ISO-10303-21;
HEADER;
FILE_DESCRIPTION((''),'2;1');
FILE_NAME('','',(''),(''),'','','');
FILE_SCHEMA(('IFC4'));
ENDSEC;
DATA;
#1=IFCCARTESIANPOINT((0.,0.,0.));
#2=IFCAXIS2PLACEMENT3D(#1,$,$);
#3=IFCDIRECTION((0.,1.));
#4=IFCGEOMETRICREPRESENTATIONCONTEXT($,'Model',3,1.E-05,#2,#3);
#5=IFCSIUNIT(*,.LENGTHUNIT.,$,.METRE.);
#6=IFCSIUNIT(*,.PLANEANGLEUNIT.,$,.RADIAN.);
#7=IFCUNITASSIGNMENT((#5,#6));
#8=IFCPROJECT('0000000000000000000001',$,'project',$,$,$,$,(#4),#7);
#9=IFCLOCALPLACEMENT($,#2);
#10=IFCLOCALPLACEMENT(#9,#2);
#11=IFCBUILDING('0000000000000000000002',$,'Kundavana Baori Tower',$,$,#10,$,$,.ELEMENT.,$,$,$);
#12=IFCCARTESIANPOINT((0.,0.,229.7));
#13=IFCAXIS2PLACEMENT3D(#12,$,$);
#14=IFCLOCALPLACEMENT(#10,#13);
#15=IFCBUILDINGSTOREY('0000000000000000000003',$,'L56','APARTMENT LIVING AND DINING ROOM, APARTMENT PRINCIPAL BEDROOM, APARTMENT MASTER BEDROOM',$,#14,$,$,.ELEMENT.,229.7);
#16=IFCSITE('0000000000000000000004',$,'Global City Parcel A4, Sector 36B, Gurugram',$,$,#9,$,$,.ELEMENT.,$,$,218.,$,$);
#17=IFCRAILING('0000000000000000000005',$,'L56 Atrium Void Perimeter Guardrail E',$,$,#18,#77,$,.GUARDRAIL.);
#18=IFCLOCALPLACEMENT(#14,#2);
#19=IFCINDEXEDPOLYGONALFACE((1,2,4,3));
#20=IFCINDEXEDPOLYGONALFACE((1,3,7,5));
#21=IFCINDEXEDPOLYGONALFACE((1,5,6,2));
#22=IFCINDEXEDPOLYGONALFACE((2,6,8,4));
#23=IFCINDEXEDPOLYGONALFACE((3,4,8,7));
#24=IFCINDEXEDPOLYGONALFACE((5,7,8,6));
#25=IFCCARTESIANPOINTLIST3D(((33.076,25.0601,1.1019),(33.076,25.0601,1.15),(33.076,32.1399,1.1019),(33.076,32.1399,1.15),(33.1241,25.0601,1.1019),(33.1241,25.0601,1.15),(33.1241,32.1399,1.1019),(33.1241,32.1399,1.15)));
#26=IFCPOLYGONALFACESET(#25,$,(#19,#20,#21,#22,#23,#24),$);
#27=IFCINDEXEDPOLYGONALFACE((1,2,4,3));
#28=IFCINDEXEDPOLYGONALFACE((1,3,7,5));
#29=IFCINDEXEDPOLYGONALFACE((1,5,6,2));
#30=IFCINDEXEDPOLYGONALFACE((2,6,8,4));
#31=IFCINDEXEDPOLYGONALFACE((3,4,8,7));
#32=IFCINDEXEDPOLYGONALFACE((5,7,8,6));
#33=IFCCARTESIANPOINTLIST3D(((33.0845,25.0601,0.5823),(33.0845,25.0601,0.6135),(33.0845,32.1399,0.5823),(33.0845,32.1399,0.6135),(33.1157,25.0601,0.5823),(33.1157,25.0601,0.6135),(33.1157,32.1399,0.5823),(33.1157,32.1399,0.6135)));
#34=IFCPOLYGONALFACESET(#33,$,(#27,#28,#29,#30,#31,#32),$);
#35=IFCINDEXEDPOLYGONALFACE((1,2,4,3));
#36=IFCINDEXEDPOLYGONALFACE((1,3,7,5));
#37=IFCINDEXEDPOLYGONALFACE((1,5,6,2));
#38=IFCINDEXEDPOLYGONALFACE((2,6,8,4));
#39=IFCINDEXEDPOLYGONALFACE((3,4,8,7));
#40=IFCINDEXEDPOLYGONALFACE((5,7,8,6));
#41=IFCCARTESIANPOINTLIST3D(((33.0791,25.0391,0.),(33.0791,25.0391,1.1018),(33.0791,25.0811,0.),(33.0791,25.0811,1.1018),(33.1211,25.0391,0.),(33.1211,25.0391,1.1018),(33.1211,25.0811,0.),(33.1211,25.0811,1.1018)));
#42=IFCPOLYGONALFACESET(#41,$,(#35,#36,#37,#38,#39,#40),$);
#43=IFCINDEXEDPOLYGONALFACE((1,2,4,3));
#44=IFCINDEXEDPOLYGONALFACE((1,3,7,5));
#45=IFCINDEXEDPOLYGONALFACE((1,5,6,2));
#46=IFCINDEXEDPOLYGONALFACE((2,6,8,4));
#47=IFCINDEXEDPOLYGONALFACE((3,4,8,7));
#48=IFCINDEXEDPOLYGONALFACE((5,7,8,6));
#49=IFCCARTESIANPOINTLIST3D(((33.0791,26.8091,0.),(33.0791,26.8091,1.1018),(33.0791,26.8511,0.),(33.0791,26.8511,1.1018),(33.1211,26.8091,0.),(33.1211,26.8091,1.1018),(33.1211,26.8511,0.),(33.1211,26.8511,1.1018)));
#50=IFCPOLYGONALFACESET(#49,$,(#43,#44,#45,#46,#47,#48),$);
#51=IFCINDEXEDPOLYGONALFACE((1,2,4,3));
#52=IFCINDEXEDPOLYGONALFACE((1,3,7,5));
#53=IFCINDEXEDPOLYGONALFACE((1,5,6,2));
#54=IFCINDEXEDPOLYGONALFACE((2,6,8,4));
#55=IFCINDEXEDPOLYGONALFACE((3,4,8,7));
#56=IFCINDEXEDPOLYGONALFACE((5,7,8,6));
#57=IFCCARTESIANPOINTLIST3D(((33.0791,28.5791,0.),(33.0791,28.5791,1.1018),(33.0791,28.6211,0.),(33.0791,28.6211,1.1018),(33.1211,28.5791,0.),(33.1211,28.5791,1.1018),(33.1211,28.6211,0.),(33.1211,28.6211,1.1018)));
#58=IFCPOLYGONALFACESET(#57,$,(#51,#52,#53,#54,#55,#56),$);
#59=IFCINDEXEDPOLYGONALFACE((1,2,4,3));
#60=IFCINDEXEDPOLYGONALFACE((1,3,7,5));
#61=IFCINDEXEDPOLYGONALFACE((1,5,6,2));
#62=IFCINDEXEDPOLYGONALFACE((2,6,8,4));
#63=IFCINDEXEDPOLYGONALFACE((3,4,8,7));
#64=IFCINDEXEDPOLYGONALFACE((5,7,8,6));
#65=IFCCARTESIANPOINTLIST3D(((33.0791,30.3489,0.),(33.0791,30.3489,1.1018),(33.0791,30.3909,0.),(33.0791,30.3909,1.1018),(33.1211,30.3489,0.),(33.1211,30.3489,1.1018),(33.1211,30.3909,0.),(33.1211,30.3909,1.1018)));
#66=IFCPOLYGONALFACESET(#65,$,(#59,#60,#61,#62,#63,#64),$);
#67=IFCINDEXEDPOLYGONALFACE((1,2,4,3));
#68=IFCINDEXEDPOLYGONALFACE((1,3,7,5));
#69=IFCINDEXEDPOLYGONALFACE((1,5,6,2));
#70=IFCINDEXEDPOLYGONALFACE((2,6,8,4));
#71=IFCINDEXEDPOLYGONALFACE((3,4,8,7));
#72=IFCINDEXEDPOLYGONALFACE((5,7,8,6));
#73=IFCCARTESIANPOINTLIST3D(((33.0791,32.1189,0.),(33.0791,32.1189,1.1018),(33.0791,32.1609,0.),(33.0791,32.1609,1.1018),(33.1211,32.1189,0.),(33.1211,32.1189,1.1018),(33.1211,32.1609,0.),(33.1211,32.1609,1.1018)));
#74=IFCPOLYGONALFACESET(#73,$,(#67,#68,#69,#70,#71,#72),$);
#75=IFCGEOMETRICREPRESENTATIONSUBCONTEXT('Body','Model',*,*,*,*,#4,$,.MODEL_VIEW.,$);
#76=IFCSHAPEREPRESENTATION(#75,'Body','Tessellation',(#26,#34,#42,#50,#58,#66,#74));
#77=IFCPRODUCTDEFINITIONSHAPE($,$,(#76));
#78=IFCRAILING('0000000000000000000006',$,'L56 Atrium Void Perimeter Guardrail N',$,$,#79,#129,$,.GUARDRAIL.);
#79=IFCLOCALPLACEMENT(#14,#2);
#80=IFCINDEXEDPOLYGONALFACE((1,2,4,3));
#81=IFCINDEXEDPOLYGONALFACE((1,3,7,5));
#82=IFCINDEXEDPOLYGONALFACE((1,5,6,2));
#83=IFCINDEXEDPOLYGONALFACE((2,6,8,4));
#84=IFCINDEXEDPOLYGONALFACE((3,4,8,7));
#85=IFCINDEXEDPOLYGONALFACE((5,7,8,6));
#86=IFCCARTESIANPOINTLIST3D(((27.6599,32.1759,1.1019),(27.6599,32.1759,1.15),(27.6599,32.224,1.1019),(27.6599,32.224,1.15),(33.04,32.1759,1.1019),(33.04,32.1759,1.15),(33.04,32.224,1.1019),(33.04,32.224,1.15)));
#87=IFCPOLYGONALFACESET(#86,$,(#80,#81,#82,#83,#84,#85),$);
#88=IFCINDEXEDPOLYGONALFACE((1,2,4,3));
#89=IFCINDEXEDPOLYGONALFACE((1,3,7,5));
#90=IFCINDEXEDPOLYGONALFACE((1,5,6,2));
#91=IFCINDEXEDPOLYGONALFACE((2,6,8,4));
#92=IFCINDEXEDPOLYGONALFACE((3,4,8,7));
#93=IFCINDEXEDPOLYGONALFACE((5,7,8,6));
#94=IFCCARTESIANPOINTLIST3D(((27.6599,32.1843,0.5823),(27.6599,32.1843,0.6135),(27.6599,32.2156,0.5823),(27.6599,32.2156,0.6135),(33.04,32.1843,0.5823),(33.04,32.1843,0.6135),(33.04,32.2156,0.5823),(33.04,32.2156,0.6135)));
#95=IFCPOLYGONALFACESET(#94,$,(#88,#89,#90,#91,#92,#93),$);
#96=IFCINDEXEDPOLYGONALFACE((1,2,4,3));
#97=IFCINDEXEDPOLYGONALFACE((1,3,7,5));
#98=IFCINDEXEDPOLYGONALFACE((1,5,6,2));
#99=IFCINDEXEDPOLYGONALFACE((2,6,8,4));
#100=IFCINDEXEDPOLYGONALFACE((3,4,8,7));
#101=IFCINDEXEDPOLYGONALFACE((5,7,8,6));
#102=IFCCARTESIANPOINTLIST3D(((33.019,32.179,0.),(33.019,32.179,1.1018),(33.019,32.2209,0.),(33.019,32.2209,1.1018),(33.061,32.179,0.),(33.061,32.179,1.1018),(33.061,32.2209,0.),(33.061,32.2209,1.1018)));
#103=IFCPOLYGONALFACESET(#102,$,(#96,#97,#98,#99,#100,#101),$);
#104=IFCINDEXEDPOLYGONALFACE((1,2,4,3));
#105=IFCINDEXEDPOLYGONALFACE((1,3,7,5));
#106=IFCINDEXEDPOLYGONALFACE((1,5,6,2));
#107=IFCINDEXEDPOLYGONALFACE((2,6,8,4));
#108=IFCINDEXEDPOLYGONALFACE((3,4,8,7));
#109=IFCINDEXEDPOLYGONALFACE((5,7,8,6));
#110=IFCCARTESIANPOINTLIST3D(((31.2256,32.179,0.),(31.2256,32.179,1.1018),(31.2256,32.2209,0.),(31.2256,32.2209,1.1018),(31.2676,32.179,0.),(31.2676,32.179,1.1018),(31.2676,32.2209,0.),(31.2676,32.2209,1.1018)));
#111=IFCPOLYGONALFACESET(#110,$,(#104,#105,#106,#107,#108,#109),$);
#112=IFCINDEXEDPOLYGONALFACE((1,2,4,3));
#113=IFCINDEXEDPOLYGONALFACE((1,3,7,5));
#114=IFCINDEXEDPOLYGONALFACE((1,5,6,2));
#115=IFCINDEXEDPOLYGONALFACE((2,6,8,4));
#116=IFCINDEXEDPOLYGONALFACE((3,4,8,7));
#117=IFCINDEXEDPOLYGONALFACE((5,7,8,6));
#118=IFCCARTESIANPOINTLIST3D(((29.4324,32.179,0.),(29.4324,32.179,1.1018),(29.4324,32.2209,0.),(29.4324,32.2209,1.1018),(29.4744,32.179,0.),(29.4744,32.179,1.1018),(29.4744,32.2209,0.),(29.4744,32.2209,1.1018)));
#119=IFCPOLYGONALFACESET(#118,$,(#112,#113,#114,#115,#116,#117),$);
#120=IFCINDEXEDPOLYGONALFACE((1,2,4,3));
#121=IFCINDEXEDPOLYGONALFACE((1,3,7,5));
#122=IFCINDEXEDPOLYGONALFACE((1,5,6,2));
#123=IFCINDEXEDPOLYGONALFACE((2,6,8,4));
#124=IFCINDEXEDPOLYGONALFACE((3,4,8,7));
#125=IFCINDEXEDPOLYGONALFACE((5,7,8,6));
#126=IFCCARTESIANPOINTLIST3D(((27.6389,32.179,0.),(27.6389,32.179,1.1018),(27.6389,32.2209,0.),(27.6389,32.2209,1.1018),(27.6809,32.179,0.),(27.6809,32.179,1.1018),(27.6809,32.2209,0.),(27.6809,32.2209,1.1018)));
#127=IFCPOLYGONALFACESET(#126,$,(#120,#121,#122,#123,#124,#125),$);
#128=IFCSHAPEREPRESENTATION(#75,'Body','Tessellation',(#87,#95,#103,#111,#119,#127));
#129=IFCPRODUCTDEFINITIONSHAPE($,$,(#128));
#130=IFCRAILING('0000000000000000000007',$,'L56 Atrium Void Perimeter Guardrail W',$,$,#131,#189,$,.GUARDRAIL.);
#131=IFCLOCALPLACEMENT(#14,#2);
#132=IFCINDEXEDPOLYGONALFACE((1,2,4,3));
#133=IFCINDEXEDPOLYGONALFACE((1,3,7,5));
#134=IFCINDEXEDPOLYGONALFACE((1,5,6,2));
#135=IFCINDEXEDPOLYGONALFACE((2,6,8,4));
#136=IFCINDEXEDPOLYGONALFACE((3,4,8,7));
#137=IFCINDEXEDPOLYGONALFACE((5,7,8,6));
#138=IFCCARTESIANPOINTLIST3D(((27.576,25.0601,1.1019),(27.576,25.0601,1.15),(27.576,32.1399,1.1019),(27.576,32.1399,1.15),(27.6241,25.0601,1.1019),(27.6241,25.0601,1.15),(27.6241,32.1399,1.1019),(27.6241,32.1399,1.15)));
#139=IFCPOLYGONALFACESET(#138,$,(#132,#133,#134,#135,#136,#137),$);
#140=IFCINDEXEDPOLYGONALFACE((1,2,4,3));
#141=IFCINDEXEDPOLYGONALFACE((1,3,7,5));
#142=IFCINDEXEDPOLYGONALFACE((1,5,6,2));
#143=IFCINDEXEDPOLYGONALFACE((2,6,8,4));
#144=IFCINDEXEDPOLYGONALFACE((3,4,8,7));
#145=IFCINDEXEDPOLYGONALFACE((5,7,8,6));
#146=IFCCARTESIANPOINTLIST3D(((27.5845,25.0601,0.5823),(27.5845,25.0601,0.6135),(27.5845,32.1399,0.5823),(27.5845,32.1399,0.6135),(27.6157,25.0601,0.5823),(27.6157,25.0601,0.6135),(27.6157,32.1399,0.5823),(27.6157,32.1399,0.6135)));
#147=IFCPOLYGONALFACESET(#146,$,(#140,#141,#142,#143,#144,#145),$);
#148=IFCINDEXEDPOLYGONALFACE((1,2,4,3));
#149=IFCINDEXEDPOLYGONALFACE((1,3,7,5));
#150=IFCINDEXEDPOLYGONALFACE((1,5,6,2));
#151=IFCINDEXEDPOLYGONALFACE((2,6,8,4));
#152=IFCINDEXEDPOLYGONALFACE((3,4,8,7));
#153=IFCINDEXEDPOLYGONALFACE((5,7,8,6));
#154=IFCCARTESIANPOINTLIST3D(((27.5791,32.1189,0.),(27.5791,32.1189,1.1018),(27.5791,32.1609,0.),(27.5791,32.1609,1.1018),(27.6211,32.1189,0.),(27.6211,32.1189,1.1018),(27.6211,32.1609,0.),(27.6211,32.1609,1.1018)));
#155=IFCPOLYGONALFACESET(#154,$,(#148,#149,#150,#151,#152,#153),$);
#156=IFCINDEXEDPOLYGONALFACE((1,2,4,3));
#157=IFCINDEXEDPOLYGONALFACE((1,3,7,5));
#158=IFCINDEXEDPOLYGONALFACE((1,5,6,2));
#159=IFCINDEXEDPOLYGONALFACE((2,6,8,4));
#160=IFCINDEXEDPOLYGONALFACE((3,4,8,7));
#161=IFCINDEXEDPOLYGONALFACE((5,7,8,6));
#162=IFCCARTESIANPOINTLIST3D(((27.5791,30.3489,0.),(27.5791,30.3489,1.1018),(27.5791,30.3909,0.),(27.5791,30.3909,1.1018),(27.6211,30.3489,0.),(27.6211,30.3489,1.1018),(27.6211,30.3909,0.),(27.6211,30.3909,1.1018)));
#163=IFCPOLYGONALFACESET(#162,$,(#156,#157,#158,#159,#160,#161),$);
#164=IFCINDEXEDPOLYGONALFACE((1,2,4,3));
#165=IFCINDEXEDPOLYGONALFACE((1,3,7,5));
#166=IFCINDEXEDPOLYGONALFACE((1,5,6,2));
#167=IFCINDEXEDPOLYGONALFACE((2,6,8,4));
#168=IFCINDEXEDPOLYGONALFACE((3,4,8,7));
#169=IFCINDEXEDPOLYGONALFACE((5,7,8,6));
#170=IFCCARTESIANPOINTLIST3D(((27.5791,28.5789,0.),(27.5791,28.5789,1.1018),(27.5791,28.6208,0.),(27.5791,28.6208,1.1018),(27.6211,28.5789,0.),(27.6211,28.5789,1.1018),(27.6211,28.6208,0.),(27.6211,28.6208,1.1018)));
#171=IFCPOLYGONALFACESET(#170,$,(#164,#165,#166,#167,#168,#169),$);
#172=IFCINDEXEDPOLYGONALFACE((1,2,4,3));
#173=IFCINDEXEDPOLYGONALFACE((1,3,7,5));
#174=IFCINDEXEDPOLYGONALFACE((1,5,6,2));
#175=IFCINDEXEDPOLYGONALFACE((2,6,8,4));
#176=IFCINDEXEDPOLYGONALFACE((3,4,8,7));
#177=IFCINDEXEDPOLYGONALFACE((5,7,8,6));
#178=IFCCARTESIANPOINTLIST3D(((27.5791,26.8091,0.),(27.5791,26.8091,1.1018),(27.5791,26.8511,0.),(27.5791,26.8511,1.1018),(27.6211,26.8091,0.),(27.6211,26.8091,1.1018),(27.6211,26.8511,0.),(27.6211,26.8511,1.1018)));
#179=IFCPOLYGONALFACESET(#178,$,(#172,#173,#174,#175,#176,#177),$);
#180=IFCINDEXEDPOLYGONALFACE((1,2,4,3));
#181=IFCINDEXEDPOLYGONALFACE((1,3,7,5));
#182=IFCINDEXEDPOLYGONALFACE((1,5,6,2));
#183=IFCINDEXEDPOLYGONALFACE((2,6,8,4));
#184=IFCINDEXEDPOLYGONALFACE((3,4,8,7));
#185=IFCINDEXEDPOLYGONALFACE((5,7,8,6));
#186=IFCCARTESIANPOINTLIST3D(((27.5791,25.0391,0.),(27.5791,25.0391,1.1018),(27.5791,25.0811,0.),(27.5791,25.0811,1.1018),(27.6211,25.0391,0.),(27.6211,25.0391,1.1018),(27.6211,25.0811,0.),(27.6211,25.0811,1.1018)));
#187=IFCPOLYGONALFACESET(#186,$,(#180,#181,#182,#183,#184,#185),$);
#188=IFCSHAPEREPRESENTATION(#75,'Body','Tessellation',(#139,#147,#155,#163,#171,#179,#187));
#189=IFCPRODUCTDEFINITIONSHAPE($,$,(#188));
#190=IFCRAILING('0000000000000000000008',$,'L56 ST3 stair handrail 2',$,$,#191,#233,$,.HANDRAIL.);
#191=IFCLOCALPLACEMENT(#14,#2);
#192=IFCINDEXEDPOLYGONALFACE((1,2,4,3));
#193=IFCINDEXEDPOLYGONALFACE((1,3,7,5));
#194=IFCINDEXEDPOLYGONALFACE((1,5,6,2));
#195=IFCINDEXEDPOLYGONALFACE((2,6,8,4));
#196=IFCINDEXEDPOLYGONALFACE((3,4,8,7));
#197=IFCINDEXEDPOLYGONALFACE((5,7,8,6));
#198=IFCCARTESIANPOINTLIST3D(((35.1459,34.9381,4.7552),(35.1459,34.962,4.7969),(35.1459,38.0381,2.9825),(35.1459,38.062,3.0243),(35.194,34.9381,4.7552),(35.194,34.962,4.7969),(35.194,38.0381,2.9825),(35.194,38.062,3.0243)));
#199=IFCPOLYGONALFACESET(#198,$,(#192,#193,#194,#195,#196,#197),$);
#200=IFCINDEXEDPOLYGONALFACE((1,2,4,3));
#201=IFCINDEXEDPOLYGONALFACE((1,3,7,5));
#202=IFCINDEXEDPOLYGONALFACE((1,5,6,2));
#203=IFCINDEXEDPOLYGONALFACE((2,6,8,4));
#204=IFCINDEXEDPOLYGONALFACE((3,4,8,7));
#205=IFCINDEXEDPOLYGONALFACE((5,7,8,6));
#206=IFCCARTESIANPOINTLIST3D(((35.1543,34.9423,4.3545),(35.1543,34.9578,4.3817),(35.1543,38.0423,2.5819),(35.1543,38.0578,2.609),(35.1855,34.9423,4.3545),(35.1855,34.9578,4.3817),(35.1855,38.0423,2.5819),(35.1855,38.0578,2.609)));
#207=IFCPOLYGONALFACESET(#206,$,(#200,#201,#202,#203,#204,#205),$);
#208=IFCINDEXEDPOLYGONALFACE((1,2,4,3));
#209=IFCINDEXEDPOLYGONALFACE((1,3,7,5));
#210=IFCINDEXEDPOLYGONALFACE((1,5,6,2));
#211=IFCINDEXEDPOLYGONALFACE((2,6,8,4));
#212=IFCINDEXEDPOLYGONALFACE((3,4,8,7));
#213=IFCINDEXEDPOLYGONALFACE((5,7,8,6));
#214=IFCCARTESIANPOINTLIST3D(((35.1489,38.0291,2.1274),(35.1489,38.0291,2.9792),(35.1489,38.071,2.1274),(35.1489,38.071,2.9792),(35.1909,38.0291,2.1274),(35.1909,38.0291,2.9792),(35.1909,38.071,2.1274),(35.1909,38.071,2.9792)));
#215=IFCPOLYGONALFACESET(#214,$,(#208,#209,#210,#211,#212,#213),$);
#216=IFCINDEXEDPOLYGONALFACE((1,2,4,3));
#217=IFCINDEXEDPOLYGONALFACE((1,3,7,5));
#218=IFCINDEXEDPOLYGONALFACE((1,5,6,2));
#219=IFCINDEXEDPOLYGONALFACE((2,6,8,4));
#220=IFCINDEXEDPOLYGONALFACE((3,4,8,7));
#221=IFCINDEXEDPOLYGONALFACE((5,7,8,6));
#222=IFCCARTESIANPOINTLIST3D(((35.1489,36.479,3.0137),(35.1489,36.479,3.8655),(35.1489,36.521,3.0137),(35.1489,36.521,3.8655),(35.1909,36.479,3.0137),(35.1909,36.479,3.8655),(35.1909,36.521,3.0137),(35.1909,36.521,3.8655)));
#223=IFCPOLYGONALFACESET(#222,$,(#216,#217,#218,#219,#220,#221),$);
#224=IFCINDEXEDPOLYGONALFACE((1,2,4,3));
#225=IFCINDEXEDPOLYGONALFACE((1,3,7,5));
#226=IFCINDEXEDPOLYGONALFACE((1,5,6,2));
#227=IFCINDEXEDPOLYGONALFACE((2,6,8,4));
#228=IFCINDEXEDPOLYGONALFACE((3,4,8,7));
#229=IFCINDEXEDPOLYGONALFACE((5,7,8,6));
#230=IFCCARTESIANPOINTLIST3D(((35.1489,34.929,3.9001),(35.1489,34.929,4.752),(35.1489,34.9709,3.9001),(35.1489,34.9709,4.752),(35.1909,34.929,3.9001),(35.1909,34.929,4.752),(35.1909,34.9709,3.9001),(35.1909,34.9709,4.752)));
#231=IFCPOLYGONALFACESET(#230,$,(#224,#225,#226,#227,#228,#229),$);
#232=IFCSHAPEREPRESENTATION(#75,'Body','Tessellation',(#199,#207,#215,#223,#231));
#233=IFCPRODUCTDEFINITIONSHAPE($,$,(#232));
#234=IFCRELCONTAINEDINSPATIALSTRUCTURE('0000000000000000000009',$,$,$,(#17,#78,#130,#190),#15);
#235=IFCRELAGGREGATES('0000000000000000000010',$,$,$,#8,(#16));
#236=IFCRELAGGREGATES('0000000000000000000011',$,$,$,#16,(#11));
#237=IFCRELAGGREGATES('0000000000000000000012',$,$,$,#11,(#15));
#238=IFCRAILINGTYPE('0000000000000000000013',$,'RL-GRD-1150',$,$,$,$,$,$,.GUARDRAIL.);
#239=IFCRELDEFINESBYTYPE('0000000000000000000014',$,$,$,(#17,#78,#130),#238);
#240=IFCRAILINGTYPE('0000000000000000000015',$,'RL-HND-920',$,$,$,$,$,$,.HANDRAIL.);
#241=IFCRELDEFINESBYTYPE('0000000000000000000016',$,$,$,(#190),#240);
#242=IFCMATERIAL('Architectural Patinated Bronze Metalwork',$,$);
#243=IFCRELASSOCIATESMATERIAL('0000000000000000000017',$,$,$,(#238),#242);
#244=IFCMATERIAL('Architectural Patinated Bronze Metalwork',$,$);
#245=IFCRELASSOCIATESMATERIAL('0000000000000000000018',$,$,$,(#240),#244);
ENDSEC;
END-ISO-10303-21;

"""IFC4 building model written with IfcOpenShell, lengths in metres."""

from ifc_helpers import new_model, si_unit, direction, frame, origin, origin_2d, place, context, subcontext, project, spatial, rectangle, extrude, material, type_object, element, save


model = new_model("IFC4")

# Units and contexts
model_context = context("Model", 3, precision=1e-05, world=origin(), true_north=direction((0.0, 1.0)))
body_context = subcontext(model_context, "Body", "Model", "MODEL_VIEW")
ifc_project = project(units=[si_unit("LENGTHUNIT", "METRE"), si_unit("PLANEANGLEUNIT", "RADIAN")], contexts=[model_context])

# Site, building, storey
site_placement = place(None, origin())
site = spatial("IfcSite", under=ifc_project, at=site_placement, Name="Global City Parcel A4, Sector 36B, Gurugram", CompositionType="ELEMENT", RefElevation=218.0)
building_placement = place(site_placement, origin())
building = spatial("IfcBuilding", under=site, at=building_placement, Name="Kundavana Baori Tower", CompositionType="ELEMENT")
storey_placement = place(building_placement, frame((0.0, 0.0, 229.7)))
storey = spatial("IfcBuildingStorey", under=building, at=storey_placement, Name="L56", Description="APARTMENT LIVING AND DINING ROOM, APARTMENT PRINCIPAL BEDROOM, APARTMENT MASTER BEDROOM", CompositionType="ELEMENT", Elevation=229.7)

# Railings
ifc_material_1 = material(Name="Architectural Patinated Bronze Metalwork")
railing_type_1 = type_object("IfcRailingType", Name="RL-GRD-1150", PredefinedType="GUARDRAIL", material=ifc_material_1)
railing_1_placement = place(storey_placement, frame((33.1001, 25.0601, 0.0)))
element("IfcRailing", 1, at=railing_1_placement, inside=storey, type_object=railing_type_1, Name="L56 Atrium Void Perimeter Guardrail E", PredefinedType="GUARDRAIL", context=body_context, shape_type="SweptSolid", body=[
    extrude(rectangle(XDim=0.0481, YDim=0.0481, at=origin_2d()), frame((0.0, 0.0, 1.126), z_axis=(0.0, 1.0, 0.0), x_axis=(-1.0, 0.0, 0.0)), (0.0, 0.0, 1.0), 7.0798),
    extrude(rectangle(XDim=0.0312, YDim=0.0312, at=origin_2d()), frame((0.0, 0.0, 0.5979), z_axis=(0.0, 1.0, 0.0), x_axis=(-1.0, 0.0, 0.0)), (0.0, 0.0, 1.0), 7.0798),
    extrude(rectangle(XDim=0.042, YDim=0.042, at=origin_2d()), origin(), (0.0, 0.0, 1.0), 1.1018),
    extrude(rectangle(XDim=0.042, YDim=0.042, at=origin_2d()), frame((0.0, 1.77, 0.0)), (0.0, 0.0, 1.0), 1.1018),
    extrude(rectangle(XDim=0.042, YDim=0.042, at=origin_2d()), frame((0.0, 3.54, 0.0)), (0.0, 0.0, 1.0), 1.1018),
    extrude(rectangle(XDim=0.042, YDim=0.042, at=origin_2d()), frame((0.0, 5.3098, 0.0)), (0.0, 0.0, 1.0), 1.1018),
    extrude(rectangle(XDim=0.042, YDim=0.042, at=origin_2d()), frame((0.0, 7.0798, 0.0)), (0.0, 0.0, 1.0), 1.1018),
])
railing_2_placement = place(storey_placement, frame((33.04, 32.2, 0.0)))
element("IfcRailing", 2, at=railing_2_placement, inside=storey, type_object=railing_type_1, Name="L56 Atrium Void Perimeter Guardrail N", PredefinedType="GUARDRAIL", context=body_context, shape_type="SweptSolid", body=[
    extrude(rectangle(XDim=0.0481, YDim=0.0481, at=origin_2d()), frame((0.0, 0.0, 1.126), z_axis=(-1.0, 0.0, 0.0), x_axis=(0.0, -1.0, 0.0)), (0.0, 0.0, 1.0), 5.3801),
    extrude(rectangle(XDim=0.0312, YDim=0.0312, at=origin_2d()), frame((0.0, 0.0, 0.5979), z_axis=(-1.0, 0.0, 0.0), x_axis=(0.0, -1.0, 0.0)), (0.0, 0.0, 1.0), 5.3801),
    extrude(rectangle(XDim=0.042, YDim=0.042, at=origin_2d()), origin(), (0.0, 0.0, 1.0), 1.1018),
    extrude(rectangle(XDim=0.042, YDim=0.042, at=origin_2d()), frame((-1.7935, 0.0, 0.0)), (0.0, 0.0, 1.0), 1.1018),
    extrude(rectangle(XDim=0.042, YDim=0.042, at=origin_2d()), frame((-3.5867, 0.0, 0.0)), (0.0, 0.0, 1.0), 1.1018),
    extrude(rectangle(XDim=0.042, YDim=0.042, at=origin_2d()), frame((-5.3801, 0.0, 0.0)), (0.0, 0.0, 1.0), 1.1018),
])
railing_3_placement = place(storey_placement, frame((27.6001, 32.1399, 0.0)))
element("IfcRailing", 3, at=railing_3_placement, inside=storey, type_object=railing_type_1, Name="L56 Atrium Void Perimeter Guardrail W", PredefinedType="GUARDRAIL", context=body_context, shape_type="SweptSolid", body=[
    extrude(rectangle(XDim=0.0481, YDim=0.0481, at=origin_2d()), frame((0.0, 0.0, 1.126), z_axis=(0.0, -1.0, 0.0), x_axis=(1.0, 0.0, 0.0)), (0.0, 0.0, 1.0), 7.0798),
    extrude(rectangle(XDim=0.0312, YDim=0.0312, at=origin_2d()), frame((0.0, 0.0, 0.5979), z_axis=(0.0, -1.0, 0.0), x_axis=(1.0, 0.0, 0.0)), (0.0, 0.0, 1.0), 7.0798),
    extrude(rectangle(XDim=0.042, YDim=0.042, at=origin_2d()), origin(), (0.0, 0.0, 1.0), 1.1018),
    extrude(rectangle(XDim=0.042, YDim=0.042, at=origin_2d()), frame((0.0, -1.77, 0.0)), (0.0, 0.0, 1.0), 1.1018),
    extrude(rectangle(XDim=0.042, YDim=0.042, at=origin_2d()), frame((0.0, -3.54, 0.0)), (0.0, 0.0, 1.0), 1.1018),
    extrude(rectangle(XDim=0.042, YDim=0.042, at=origin_2d()), frame((0.0, -5.3098, 0.0)), (0.0, 0.0, 1.0), 1.1018),
    extrude(rectangle(XDim=0.042, YDim=0.042, at=origin_2d()), frame((0.0, -7.0798, 0.0)), (0.0, 0.0, 1.0), 1.1018),
])
ifc_material_2 = material(Name="Architectural Patinated Bronze Metalwork")
railing_type_2 = type_object("IfcRailingType", Name="RL-HND-920", PredefinedType="HANDRAIL", material=ifc_material_2)
railing_4_placement = place(storey_placement, frame((35.1699, 38.05, 2.1274)))
element("IfcRailing", 4, at=railing_4_placement, inside=storey, type_object=railing_type_2, Name="L56 ST3 stair handrail 2", PredefinedType="HANDRAIL", context=body_context, shape_type="SweptSolid", body=[
    extrude(rectangle(XDim=0.0481, YDim=0.0481, at=origin_2d()), frame((0.0, 0.0, 0.876), z_axis=(0.0, -0.868096, 0.496397), x_axis=(1.0, 0.0, 0.0)), (0.0, 0.0, 1.0), 3.571),
    extrude(rectangle(XDim=0.0312, YDim=0.0312, at=origin_2d()), frame((0.0, 0.0, 0.468), z_axis=(0.0, -0.868096, 0.496397), x_axis=(1.0, 0.0, 0.0)), (0.0, 0.0, 1.0), 3.571),
    extrude(rectangle(XDim=0.042, YDim=0.042, at=origin_2d()), origin(), (0.0, 0.0, 1.0), 0.8518),
    extrude(rectangle(XDim=0.042, YDim=0.042, at=origin_2d()), frame((0.0, -1.55, 0.8862)), (0.0, 0.0, 1.0), 0.8518),
    extrude(rectangle(XDim=0.042, YDim=0.042, at=origin_2d()), frame((0.0, -3.1001, 1.7727)), (0.0, 0.0, 1.0), 0.8518),
])

save(model, "model.ifc")
